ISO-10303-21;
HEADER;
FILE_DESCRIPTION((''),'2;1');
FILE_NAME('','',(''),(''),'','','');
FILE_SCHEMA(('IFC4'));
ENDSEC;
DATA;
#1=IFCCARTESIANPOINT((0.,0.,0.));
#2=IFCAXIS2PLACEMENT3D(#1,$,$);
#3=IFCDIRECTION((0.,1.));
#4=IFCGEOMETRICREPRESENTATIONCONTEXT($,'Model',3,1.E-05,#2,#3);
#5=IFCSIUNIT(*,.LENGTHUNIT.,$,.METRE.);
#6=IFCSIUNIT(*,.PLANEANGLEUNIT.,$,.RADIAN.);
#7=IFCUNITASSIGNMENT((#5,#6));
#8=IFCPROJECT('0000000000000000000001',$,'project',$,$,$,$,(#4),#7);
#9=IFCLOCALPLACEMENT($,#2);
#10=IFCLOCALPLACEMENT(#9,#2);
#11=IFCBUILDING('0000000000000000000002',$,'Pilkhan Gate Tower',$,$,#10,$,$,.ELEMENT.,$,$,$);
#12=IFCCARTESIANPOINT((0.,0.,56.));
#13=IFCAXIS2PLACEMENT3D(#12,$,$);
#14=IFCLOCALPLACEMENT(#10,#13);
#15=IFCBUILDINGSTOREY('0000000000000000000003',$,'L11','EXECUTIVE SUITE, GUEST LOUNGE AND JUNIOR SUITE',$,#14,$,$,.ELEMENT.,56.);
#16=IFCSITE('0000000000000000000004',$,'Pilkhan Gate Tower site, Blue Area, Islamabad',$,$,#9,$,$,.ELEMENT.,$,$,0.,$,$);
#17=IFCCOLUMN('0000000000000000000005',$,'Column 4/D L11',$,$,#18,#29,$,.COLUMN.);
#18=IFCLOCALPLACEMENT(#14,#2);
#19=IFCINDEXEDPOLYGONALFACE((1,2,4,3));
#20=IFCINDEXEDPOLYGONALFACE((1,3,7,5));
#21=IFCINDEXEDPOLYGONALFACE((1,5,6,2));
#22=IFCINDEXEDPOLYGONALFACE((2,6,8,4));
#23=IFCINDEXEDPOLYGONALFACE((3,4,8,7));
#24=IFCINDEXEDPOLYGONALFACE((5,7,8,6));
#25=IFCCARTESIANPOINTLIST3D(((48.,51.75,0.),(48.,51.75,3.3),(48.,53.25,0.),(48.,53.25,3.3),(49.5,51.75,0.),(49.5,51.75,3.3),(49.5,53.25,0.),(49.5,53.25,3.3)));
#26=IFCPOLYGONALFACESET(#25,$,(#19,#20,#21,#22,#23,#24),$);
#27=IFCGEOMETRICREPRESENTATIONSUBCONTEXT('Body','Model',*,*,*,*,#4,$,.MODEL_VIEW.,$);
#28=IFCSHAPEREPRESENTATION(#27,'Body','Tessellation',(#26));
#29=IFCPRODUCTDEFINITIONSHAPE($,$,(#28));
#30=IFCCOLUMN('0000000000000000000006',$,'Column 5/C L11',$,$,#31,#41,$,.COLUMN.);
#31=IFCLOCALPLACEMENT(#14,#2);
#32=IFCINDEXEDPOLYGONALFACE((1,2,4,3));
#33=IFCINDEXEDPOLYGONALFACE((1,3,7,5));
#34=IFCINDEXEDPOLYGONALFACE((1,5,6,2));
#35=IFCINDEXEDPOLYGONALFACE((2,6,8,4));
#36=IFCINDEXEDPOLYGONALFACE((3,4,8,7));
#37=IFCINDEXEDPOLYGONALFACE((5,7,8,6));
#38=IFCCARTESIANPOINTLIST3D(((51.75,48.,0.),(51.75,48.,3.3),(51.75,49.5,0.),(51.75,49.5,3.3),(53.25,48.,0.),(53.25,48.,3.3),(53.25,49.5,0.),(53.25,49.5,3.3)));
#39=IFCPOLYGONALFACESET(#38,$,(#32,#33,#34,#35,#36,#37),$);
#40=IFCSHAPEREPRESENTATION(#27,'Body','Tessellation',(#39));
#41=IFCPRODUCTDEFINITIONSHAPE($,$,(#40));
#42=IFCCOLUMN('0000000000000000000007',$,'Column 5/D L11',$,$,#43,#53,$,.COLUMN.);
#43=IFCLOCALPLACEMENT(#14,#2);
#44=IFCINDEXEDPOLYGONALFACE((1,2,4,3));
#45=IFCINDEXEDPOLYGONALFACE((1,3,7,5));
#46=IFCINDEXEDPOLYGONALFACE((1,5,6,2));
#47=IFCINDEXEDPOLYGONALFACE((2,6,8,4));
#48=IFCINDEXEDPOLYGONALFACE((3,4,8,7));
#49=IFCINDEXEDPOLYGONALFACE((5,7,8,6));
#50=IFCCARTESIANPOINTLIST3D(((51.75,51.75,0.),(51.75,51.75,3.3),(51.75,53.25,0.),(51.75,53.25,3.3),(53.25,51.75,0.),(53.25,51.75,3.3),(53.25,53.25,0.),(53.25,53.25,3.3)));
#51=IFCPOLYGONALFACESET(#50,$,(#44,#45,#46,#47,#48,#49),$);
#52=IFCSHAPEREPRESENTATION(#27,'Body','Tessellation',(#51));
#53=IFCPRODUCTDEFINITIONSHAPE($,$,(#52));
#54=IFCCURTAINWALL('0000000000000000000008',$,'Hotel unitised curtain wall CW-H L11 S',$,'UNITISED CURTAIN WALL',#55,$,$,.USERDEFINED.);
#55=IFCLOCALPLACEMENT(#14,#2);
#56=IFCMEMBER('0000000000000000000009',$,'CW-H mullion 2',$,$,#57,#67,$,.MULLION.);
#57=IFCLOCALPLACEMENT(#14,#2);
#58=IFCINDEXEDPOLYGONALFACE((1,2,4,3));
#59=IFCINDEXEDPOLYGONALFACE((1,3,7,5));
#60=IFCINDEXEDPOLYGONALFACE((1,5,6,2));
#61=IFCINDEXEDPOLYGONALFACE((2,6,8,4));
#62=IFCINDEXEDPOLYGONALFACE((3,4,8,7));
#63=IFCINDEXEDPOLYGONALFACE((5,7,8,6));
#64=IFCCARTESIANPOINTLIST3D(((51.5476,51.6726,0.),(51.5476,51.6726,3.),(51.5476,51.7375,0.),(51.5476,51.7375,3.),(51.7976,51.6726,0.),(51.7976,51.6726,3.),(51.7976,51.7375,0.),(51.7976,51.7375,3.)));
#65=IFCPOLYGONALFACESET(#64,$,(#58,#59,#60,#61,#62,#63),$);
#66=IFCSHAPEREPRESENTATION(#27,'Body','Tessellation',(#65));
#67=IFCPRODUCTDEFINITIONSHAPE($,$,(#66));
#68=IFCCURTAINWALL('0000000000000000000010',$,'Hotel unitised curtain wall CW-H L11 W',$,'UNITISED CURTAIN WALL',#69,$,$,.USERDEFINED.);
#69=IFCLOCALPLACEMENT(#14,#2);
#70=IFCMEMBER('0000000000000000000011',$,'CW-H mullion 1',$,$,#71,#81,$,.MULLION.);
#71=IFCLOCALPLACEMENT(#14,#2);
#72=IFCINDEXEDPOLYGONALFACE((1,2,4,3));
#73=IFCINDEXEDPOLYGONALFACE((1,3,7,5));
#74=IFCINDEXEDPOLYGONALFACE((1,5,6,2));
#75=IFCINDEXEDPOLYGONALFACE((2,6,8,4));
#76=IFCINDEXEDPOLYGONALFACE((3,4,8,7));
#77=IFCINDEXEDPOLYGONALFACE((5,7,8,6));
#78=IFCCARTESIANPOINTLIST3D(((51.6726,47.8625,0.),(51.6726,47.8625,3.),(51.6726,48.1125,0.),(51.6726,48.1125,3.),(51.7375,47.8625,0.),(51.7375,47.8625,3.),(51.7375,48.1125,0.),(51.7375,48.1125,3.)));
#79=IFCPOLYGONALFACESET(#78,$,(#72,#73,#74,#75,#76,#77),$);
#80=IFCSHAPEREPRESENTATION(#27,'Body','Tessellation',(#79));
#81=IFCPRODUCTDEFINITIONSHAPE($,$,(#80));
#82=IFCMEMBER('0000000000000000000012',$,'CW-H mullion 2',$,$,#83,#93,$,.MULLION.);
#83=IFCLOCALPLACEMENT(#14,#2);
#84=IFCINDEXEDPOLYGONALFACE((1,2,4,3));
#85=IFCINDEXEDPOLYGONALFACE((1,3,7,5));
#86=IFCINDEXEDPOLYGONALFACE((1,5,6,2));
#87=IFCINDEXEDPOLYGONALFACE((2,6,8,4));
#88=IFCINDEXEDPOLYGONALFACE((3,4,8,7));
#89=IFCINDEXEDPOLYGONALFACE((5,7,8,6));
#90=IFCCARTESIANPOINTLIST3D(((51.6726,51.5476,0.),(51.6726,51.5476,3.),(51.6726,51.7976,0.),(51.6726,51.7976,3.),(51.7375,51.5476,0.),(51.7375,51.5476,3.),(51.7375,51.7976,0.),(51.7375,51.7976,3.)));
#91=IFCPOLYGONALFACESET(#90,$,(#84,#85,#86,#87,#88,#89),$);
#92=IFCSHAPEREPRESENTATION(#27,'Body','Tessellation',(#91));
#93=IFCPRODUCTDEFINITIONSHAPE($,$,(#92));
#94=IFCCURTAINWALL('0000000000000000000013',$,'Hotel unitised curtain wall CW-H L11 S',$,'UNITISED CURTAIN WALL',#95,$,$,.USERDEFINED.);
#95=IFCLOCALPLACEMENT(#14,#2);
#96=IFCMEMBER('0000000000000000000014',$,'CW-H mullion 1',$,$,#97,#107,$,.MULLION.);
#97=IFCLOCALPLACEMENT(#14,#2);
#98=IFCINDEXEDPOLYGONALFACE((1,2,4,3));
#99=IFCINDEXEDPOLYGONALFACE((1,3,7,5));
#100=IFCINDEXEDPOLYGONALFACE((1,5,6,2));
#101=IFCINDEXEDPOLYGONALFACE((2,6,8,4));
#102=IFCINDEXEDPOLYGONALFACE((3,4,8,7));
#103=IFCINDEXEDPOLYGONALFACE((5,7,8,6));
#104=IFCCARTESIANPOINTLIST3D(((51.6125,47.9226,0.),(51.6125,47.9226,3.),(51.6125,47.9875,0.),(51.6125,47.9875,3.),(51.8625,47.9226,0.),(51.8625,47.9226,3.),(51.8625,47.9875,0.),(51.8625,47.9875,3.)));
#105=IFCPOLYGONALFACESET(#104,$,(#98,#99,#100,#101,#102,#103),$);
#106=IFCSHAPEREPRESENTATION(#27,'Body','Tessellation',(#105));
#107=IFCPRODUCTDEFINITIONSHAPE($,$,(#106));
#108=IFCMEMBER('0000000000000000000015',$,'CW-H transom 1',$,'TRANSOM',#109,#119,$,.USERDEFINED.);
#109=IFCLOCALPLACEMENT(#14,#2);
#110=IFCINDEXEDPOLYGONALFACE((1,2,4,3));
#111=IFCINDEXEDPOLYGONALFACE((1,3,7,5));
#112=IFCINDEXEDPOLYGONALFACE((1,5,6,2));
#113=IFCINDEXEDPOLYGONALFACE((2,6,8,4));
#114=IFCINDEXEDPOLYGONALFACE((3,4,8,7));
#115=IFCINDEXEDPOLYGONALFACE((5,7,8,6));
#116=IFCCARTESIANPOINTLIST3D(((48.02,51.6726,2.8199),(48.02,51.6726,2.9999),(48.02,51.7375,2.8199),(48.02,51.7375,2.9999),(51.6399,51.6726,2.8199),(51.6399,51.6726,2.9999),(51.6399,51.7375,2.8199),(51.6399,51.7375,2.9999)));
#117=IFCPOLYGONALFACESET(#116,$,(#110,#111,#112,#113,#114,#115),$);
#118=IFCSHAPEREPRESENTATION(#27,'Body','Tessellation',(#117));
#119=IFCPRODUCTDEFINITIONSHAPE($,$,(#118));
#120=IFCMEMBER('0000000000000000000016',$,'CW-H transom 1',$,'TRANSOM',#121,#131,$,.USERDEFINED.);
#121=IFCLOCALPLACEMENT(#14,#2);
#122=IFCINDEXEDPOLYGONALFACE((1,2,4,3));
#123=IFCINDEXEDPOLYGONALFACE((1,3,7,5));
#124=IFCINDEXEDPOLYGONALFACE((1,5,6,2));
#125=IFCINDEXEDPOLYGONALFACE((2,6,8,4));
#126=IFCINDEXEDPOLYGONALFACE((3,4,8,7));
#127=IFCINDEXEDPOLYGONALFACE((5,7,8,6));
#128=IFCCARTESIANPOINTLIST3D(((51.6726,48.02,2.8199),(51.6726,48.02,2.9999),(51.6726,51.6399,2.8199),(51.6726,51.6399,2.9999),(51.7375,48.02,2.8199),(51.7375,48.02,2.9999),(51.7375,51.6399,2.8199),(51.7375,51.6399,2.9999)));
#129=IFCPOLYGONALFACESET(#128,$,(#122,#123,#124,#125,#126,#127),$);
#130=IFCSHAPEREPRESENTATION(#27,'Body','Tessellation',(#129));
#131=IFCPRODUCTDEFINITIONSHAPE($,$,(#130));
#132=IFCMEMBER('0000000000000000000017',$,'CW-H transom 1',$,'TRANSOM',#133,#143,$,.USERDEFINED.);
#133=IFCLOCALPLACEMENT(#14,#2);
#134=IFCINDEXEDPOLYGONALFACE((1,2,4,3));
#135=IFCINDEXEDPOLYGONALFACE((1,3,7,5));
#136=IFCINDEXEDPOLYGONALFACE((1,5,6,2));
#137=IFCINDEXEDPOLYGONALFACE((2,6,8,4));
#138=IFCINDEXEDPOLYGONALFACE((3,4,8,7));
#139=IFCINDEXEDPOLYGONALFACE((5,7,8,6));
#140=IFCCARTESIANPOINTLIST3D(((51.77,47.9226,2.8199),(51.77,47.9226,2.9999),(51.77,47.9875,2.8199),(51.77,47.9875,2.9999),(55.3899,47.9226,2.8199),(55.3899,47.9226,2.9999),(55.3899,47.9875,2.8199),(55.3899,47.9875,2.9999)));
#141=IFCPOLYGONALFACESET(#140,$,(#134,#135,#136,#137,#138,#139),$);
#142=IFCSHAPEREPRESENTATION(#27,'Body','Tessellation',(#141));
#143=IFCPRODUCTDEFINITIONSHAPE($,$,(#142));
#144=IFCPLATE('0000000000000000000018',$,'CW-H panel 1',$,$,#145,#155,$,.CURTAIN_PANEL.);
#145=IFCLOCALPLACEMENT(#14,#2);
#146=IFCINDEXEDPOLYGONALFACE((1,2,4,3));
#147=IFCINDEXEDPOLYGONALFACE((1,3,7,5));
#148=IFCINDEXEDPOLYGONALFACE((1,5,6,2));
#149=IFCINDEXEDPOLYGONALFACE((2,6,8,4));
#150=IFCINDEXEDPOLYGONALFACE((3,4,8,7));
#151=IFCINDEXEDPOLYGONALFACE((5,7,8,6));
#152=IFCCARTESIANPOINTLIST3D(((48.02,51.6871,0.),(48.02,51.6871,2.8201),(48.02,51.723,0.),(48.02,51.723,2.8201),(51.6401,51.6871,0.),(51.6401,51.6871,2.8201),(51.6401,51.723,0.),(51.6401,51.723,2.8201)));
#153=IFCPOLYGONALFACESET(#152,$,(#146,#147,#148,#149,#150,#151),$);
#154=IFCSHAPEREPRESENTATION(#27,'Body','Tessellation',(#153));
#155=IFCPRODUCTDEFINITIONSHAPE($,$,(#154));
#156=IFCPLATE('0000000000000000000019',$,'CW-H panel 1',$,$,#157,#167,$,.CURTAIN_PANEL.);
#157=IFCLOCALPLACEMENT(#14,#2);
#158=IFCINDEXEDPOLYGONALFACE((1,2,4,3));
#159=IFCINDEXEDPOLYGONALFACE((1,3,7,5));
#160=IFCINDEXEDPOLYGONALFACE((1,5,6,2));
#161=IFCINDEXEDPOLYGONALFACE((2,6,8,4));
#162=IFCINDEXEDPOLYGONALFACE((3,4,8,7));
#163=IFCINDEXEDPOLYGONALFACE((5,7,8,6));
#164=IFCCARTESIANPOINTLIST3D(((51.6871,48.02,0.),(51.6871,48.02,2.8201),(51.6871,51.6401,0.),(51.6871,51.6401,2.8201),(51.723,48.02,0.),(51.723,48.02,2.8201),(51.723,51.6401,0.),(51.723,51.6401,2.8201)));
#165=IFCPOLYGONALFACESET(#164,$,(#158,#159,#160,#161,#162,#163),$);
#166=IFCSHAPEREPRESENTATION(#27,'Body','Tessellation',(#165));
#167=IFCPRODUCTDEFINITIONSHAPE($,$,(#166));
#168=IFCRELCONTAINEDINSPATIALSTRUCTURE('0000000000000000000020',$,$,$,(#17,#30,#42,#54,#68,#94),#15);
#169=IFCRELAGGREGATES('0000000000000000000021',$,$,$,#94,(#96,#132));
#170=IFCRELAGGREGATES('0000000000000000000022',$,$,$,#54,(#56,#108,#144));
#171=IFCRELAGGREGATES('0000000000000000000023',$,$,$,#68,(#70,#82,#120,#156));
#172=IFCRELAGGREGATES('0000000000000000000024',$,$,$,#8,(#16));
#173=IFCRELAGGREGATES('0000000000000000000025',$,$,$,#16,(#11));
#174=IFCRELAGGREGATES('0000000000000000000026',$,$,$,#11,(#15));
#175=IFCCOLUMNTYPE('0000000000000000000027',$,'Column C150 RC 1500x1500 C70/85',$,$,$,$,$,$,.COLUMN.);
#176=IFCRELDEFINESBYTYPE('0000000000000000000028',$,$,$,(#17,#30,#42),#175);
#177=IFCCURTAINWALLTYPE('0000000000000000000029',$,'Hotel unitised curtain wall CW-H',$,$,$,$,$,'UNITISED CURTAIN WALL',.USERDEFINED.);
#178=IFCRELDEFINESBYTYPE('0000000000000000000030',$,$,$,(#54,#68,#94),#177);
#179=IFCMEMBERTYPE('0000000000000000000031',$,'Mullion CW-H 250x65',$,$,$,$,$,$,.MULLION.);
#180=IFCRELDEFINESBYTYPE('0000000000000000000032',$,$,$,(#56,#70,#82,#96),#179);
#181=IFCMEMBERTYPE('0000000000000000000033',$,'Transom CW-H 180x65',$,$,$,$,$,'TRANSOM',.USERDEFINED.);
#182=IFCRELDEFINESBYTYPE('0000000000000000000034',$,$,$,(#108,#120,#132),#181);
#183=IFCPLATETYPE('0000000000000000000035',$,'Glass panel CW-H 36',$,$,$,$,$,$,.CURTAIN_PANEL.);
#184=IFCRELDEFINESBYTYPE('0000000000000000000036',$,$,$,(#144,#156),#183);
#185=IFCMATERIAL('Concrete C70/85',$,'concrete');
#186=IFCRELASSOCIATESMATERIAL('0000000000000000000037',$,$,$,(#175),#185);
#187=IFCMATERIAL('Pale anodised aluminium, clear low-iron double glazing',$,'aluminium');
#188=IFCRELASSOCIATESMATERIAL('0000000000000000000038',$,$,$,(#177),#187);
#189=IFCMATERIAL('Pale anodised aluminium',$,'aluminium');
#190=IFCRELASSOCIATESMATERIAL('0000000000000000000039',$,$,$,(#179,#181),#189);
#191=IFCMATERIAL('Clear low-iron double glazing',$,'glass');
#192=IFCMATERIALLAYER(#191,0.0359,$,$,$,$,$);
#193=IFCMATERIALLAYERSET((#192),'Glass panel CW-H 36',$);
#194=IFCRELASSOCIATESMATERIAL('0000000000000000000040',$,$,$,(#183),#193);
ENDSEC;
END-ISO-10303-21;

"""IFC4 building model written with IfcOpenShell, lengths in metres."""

from ifc_helpers import new_model, si_unit, direction, frame, origin, origin_2d, place, context, subcontext, project, spatial, rectangle, extrude, material, layer, layer_set, material_profile, profile_set, type_object, element, aggregate, save


model = new_model("IFC4")

# Units and contexts
model_context = context("Model", 3, precision=1e-05, world=origin(), true_north=direction((0.0, 1.0)))
body_context = subcontext(model_context, "Body", "Model", "MODEL_VIEW")
ifc_project = project(units=[si_unit("LENGTHUNIT", "METRE"), si_unit("PLANEANGLEUNIT", "RADIAN")], contexts=[model_context])

# Site, building, storey
site_placement = place(None, origin())
site = spatial("IfcSite", under=ifc_project, at=site_placement, Name="Pilkhan Gate Tower site, Blue Area, Islamabad", CompositionType="ELEMENT", RefElevation=0.0)
building_placement = place(site_placement, origin())
building = spatial("IfcBuilding", under=site, at=building_placement, Name="Pilkhan Gate Tower", CompositionType="ELEMENT")
storey_placement = place(building_placement, frame((0.0, 0.0, 56.0)))
storey = spatial("IfcBuildingStorey", under=building, at=storey_placement, Name="L11", Description="EXECUTIVE SUITE, GUEST LOUNGE AND JUNIOR SUITE", CompositionType="ELEMENT", Elevation=56.0)

# Columns
ifc_material_1 = material(Name="Concrete C70/85", Category="concrete")
ifc_material_profile_1 = material_profile(ifc_material_1, rectangle(XDim=1.5, YDim=1.5, at=origin_2d()), Name="RC 1500x1500")
ifc_profile_set_1 = profile_set([ifc_material_profile_1], Name="Concrete C70/85")
column_type = type_object("IfcColumnType", Name="Column C150 RC 1500x1500 C70/85", PredefinedType="COLUMN", material=ifc_profile_set_1)
for number, where, z_axis, x_axis, name in (
    (1, (48.75, 52.5, 0.0), (0.0, 0.0, 1.0), (1.0, 0.0, 0.0), "Column 4/D L11"),
    (2, (52.5, 48.75, 0.0), (0.0, 0.0, 1.0), (1.0, 0.0, 0.0), "Column 5/C L11"),
    (3, (52.5, 52.5, 0.0), (0.0, 0.0, 1.0), (1.0, 0.0, 0.0), "Column 5/D L11"),
):
    element("IfcColumn", number, at=place(storey_placement, frame(where, z_axis=z_axis, x_axis=x_axis)), inside=storey, type_object=column_type, Name=name, PredefinedType="COLUMN", context=body_context, shape_type="SweptSolid", body=[
        extrude(rectangle(XDim=1.5, YDim=1.5, at=origin_2d()), origin(), (0.0, 0.0, 1.0), 3.3),
    ])

# Curtain wall, member
ifc_material_2 = material(Name="Pale anodised aluminium, clear low-iron double glazing", Category="aluminium")
curtain_wall_type = type_object("IfcCurtainWallType", Name="Hotel unitised curtain wall CW-H", ElementType="UNITISED CURTAIN WALL", PredefinedType="USERDEFINED", material=ifc_material_2)
curtain_wall_1_placement = place(storey_placement, origin())
curtain_wall_1 = element("IfcCurtainWall", 4, at=curtain_wall_1_placement, inside=storey, type_object=curtain_wall_type, Name="Hotel unitised curtain wall CW-H L11 S", ObjectType="UNITISED CURTAIN WALL", PredefinedType="USERDEFINED")
ifc_material_3 = material(Name="Pale anodised aluminium", Category="aluminium")
ifc_material_profile_2 = material_profile(ifc_material_3, rectangle(XDim=0.0649, YDim=0.25, at=origin_2d()), Name="Mullion 250x65")
ifc_profile_set_2 = profile_set([ifc_material_profile_2], Name="Pale anodised aluminium")
member_type_1 = type_object("IfcMemberType", Name="Mullion CW-H 250x65", PredefinedType="MULLION", material=ifc_profile_set_2)
member_1_placement = place(storey_placement, frame((51.6726, 51.7051, 0.0), z_axis=(0.0, 0.0, 1.0), x_axis=(0.0, 1.0, 0.0)))
member_1 = element("IfcMember", 5, at=member_1_placement, type_object=member_type_1, Name="CW-H mullion 2", PredefinedType="MULLION", context=body_context, shape_type="SweptSolid", body=[
    extrude(rectangle(XDim=0.0649, YDim=0.25, at=origin_2d()), origin(), (0.0, 0.0, 1.0), 3.0),
])

# Curtain wall, members
curtain_wall_2_placement = place(storey_placement, origin())
curtain_wall_2 = element("IfcCurtainWall", 6, at=curtain_wall_2_placement, inside=storey, type_object=curtain_wall_type, Name="Hotel unitised curtain wall CW-H L11 W", ObjectType="UNITISED CURTAIN WALL", PredefinedType="USERDEFINED")
member_2_placement = place(storey_placement, frame((51.7051, 47.9875, 0.0), z_axis=(0.0, 0.0, 1.0), x_axis=(-1.0, 0.0, 0.0)))
member_2 = element("IfcMember", 7, at=member_2_placement, type_object=member_type_1, Name="CW-H mullion 1", PredefinedType="MULLION", context=body_context, shape_type="SweptSolid", body=[
    extrude(rectangle(XDim=0.0649, YDim=0.25, at=origin_2d()), origin(), (0.0, 0.0, 1.0), 3.0),
])
member_3_placement = place(storey_placement, frame((51.7051, 51.6726, 0.0), z_axis=(0.0, 0.0, 1.0), x_axis=(-1.0, 0.0, 0.0)))
member_3 = element("IfcMember", 8, at=member_3_placement, type_object=member_type_1, Name="CW-H mullion 2", PredefinedType="MULLION", context=body_context, shape_type="SweptSolid", body=[
    extrude(rectangle(XDim=0.0649, YDim=0.25, at=origin_2d()), origin(), (0.0, 0.0, 1.0), 3.0),
])

# Curtain wall, member
curtain_wall_3_placement = place(storey_placement, origin())
curtain_wall_3 = element("IfcCurtainWall", 9, at=curtain_wall_3_placement, inside=storey, type_object=curtain_wall_type, Name="Hotel unitised curtain wall CW-H L11 S", ObjectType="UNITISED CURTAIN WALL", PredefinedType="USERDEFINED")
member_4_placement = place(storey_placement, frame((51.7375, 47.9551, 0.0), z_axis=(0.0, 0.0, 1.0), x_axis=(0.0, 1.0, 0.0)))
member_4 = element("IfcMember", 10, at=member_4_placement, type_object=member_type_1, Name="CW-H mullion 1", PredefinedType="MULLION", context=body_context, shape_type="SweptSolid", body=[
    extrude(rectangle(XDim=0.0649, YDim=0.25, at=origin_2d()), origin(), (0.0, 0.0, 1.0), 3.0),
])

# Members
ifc_material_profile_3 = material_profile(ifc_material_3, rectangle(XDim=0.0649, YDim=0.1799, at=origin_2d()), Name="Transom 180x65")
ifc_profile_set_3 = profile_set([ifc_material_profile_3], Name="Pale anodised aluminium")
member_type_2 = type_object("IfcMemberType", Name="Transom CW-H 180x65", ElementType="TRANSOM", PredefinedType="USERDEFINED", material=ifc_profile_set_3)
member_5_placement = place(storey_placement, frame((48.02, 51.7051, 2.9099), z_axis=(1.0, 0.0, 0.0), x_axis=(0.0, 1.0, 0.0)))
member_5 = element("IfcMember", 11, at=member_5_placement, type_object=member_type_2, Name="CW-H transom 1", ObjectType="TRANSOM", PredefinedType="USERDEFINED", context=body_context, shape_type="SweptSolid", body=[
    extrude(rectangle(XDim=0.0649, YDim=0.1799, at=origin_2d()), origin(), (0.0, 0.0, 1.0), 3.6199),
])
member_6_placement = place(storey_placement, frame((51.7051, 48.02, 2.9099), z_axis=(0.0, 1.0, 0.0), x_axis=(-1.0, 0.0, 0.0)))
member_6 = element("IfcMember", 12, at=member_6_placement, type_object=member_type_2, Name="CW-H transom 1", ObjectType="TRANSOM", PredefinedType="USERDEFINED", context=body_context, shape_type="SweptSolid", body=[
    extrude(rectangle(XDim=0.0649, YDim=0.1799, at=origin_2d()), origin(), (0.0, 0.0, 1.0), 3.6199),
])
member_7_placement = place(storey_placement, frame((51.77, 47.9551, 2.9099), z_axis=(1.0, 0.0, 0.0), x_axis=(0.0, 1.0, 0.0)))
member_7 = element("IfcMember", 13, at=member_7_placement, type_object=member_type_2, Name="CW-H transom 1", ObjectType="TRANSOM", PredefinedType="USERDEFINED", context=body_context, shape_type="SweptSolid", body=[
    extrude(rectangle(XDim=0.0649, YDim=0.1799, at=origin_2d()), origin(), (0.0, 0.0, 1.0), 3.6199),
])
aggregate(curtain_wall_3, [member_4, member_7])

# Plates
ifc_material_4 = material(Name="Clear low-iron double glazing", Category="glass")
ifc_layer_1 = layer(ifc_material_4, 0.0359)
ifc_layer_set_1 = layer_set([ifc_layer_1], Name="Glass panel CW-H 36")
plate_type = type_object("IfcPlateType", Name="Glass panel CW-H 36", PredefinedType="CURTAIN_PANEL", material=ifc_layer_set_1)
plate_1_placement = place(storey_placement, frame((49.8301, 51.7051, 0.0), z_axis=(0.0, 0.0, 1.0), x_axis=(1.0, 0.0, 0.0)))
plate_1 = element("IfcPlate", 14, at=plate_1_placement, type_object=plate_type, Name="CW-H panel 1", PredefinedType="CURTAIN_PANEL", context=body_context, shape_type="SweptSolid", body=[
    extrude(rectangle(XDim=3.6201, YDim=0.0359, at=origin_2d()), origin(), (0.0, 0.0, 1.0), 2.8201),
])
aggregate(curtain_wall_1, [member_1, member_5, plate_1])
plate_2_placement = place(storey_placement, frame((51.7051, 49.8301, 0.0), z_axis=(0.0, 0.0, 1.0), x_axis=(0.0, 1.0, 0.0)))
plate_2 = element("IfcPlate", 15, at=plate_2_placement, type_object=plate_type, Name="CW-H panel 1", PredefinedType="CURTAIN_PANEL", context=body_context, shape_type="SweptSolid", body=[
    extrude(rectangle(XDim=3.6201, YDim=0.0359, at=origin_2d()), origin(), (0.0, 0.0, 1.0), 2.8201),
])
aggregate(curtain_wall_2, [member_2, member_3, member_6, plate_2])

save(model, "model.ifc")
